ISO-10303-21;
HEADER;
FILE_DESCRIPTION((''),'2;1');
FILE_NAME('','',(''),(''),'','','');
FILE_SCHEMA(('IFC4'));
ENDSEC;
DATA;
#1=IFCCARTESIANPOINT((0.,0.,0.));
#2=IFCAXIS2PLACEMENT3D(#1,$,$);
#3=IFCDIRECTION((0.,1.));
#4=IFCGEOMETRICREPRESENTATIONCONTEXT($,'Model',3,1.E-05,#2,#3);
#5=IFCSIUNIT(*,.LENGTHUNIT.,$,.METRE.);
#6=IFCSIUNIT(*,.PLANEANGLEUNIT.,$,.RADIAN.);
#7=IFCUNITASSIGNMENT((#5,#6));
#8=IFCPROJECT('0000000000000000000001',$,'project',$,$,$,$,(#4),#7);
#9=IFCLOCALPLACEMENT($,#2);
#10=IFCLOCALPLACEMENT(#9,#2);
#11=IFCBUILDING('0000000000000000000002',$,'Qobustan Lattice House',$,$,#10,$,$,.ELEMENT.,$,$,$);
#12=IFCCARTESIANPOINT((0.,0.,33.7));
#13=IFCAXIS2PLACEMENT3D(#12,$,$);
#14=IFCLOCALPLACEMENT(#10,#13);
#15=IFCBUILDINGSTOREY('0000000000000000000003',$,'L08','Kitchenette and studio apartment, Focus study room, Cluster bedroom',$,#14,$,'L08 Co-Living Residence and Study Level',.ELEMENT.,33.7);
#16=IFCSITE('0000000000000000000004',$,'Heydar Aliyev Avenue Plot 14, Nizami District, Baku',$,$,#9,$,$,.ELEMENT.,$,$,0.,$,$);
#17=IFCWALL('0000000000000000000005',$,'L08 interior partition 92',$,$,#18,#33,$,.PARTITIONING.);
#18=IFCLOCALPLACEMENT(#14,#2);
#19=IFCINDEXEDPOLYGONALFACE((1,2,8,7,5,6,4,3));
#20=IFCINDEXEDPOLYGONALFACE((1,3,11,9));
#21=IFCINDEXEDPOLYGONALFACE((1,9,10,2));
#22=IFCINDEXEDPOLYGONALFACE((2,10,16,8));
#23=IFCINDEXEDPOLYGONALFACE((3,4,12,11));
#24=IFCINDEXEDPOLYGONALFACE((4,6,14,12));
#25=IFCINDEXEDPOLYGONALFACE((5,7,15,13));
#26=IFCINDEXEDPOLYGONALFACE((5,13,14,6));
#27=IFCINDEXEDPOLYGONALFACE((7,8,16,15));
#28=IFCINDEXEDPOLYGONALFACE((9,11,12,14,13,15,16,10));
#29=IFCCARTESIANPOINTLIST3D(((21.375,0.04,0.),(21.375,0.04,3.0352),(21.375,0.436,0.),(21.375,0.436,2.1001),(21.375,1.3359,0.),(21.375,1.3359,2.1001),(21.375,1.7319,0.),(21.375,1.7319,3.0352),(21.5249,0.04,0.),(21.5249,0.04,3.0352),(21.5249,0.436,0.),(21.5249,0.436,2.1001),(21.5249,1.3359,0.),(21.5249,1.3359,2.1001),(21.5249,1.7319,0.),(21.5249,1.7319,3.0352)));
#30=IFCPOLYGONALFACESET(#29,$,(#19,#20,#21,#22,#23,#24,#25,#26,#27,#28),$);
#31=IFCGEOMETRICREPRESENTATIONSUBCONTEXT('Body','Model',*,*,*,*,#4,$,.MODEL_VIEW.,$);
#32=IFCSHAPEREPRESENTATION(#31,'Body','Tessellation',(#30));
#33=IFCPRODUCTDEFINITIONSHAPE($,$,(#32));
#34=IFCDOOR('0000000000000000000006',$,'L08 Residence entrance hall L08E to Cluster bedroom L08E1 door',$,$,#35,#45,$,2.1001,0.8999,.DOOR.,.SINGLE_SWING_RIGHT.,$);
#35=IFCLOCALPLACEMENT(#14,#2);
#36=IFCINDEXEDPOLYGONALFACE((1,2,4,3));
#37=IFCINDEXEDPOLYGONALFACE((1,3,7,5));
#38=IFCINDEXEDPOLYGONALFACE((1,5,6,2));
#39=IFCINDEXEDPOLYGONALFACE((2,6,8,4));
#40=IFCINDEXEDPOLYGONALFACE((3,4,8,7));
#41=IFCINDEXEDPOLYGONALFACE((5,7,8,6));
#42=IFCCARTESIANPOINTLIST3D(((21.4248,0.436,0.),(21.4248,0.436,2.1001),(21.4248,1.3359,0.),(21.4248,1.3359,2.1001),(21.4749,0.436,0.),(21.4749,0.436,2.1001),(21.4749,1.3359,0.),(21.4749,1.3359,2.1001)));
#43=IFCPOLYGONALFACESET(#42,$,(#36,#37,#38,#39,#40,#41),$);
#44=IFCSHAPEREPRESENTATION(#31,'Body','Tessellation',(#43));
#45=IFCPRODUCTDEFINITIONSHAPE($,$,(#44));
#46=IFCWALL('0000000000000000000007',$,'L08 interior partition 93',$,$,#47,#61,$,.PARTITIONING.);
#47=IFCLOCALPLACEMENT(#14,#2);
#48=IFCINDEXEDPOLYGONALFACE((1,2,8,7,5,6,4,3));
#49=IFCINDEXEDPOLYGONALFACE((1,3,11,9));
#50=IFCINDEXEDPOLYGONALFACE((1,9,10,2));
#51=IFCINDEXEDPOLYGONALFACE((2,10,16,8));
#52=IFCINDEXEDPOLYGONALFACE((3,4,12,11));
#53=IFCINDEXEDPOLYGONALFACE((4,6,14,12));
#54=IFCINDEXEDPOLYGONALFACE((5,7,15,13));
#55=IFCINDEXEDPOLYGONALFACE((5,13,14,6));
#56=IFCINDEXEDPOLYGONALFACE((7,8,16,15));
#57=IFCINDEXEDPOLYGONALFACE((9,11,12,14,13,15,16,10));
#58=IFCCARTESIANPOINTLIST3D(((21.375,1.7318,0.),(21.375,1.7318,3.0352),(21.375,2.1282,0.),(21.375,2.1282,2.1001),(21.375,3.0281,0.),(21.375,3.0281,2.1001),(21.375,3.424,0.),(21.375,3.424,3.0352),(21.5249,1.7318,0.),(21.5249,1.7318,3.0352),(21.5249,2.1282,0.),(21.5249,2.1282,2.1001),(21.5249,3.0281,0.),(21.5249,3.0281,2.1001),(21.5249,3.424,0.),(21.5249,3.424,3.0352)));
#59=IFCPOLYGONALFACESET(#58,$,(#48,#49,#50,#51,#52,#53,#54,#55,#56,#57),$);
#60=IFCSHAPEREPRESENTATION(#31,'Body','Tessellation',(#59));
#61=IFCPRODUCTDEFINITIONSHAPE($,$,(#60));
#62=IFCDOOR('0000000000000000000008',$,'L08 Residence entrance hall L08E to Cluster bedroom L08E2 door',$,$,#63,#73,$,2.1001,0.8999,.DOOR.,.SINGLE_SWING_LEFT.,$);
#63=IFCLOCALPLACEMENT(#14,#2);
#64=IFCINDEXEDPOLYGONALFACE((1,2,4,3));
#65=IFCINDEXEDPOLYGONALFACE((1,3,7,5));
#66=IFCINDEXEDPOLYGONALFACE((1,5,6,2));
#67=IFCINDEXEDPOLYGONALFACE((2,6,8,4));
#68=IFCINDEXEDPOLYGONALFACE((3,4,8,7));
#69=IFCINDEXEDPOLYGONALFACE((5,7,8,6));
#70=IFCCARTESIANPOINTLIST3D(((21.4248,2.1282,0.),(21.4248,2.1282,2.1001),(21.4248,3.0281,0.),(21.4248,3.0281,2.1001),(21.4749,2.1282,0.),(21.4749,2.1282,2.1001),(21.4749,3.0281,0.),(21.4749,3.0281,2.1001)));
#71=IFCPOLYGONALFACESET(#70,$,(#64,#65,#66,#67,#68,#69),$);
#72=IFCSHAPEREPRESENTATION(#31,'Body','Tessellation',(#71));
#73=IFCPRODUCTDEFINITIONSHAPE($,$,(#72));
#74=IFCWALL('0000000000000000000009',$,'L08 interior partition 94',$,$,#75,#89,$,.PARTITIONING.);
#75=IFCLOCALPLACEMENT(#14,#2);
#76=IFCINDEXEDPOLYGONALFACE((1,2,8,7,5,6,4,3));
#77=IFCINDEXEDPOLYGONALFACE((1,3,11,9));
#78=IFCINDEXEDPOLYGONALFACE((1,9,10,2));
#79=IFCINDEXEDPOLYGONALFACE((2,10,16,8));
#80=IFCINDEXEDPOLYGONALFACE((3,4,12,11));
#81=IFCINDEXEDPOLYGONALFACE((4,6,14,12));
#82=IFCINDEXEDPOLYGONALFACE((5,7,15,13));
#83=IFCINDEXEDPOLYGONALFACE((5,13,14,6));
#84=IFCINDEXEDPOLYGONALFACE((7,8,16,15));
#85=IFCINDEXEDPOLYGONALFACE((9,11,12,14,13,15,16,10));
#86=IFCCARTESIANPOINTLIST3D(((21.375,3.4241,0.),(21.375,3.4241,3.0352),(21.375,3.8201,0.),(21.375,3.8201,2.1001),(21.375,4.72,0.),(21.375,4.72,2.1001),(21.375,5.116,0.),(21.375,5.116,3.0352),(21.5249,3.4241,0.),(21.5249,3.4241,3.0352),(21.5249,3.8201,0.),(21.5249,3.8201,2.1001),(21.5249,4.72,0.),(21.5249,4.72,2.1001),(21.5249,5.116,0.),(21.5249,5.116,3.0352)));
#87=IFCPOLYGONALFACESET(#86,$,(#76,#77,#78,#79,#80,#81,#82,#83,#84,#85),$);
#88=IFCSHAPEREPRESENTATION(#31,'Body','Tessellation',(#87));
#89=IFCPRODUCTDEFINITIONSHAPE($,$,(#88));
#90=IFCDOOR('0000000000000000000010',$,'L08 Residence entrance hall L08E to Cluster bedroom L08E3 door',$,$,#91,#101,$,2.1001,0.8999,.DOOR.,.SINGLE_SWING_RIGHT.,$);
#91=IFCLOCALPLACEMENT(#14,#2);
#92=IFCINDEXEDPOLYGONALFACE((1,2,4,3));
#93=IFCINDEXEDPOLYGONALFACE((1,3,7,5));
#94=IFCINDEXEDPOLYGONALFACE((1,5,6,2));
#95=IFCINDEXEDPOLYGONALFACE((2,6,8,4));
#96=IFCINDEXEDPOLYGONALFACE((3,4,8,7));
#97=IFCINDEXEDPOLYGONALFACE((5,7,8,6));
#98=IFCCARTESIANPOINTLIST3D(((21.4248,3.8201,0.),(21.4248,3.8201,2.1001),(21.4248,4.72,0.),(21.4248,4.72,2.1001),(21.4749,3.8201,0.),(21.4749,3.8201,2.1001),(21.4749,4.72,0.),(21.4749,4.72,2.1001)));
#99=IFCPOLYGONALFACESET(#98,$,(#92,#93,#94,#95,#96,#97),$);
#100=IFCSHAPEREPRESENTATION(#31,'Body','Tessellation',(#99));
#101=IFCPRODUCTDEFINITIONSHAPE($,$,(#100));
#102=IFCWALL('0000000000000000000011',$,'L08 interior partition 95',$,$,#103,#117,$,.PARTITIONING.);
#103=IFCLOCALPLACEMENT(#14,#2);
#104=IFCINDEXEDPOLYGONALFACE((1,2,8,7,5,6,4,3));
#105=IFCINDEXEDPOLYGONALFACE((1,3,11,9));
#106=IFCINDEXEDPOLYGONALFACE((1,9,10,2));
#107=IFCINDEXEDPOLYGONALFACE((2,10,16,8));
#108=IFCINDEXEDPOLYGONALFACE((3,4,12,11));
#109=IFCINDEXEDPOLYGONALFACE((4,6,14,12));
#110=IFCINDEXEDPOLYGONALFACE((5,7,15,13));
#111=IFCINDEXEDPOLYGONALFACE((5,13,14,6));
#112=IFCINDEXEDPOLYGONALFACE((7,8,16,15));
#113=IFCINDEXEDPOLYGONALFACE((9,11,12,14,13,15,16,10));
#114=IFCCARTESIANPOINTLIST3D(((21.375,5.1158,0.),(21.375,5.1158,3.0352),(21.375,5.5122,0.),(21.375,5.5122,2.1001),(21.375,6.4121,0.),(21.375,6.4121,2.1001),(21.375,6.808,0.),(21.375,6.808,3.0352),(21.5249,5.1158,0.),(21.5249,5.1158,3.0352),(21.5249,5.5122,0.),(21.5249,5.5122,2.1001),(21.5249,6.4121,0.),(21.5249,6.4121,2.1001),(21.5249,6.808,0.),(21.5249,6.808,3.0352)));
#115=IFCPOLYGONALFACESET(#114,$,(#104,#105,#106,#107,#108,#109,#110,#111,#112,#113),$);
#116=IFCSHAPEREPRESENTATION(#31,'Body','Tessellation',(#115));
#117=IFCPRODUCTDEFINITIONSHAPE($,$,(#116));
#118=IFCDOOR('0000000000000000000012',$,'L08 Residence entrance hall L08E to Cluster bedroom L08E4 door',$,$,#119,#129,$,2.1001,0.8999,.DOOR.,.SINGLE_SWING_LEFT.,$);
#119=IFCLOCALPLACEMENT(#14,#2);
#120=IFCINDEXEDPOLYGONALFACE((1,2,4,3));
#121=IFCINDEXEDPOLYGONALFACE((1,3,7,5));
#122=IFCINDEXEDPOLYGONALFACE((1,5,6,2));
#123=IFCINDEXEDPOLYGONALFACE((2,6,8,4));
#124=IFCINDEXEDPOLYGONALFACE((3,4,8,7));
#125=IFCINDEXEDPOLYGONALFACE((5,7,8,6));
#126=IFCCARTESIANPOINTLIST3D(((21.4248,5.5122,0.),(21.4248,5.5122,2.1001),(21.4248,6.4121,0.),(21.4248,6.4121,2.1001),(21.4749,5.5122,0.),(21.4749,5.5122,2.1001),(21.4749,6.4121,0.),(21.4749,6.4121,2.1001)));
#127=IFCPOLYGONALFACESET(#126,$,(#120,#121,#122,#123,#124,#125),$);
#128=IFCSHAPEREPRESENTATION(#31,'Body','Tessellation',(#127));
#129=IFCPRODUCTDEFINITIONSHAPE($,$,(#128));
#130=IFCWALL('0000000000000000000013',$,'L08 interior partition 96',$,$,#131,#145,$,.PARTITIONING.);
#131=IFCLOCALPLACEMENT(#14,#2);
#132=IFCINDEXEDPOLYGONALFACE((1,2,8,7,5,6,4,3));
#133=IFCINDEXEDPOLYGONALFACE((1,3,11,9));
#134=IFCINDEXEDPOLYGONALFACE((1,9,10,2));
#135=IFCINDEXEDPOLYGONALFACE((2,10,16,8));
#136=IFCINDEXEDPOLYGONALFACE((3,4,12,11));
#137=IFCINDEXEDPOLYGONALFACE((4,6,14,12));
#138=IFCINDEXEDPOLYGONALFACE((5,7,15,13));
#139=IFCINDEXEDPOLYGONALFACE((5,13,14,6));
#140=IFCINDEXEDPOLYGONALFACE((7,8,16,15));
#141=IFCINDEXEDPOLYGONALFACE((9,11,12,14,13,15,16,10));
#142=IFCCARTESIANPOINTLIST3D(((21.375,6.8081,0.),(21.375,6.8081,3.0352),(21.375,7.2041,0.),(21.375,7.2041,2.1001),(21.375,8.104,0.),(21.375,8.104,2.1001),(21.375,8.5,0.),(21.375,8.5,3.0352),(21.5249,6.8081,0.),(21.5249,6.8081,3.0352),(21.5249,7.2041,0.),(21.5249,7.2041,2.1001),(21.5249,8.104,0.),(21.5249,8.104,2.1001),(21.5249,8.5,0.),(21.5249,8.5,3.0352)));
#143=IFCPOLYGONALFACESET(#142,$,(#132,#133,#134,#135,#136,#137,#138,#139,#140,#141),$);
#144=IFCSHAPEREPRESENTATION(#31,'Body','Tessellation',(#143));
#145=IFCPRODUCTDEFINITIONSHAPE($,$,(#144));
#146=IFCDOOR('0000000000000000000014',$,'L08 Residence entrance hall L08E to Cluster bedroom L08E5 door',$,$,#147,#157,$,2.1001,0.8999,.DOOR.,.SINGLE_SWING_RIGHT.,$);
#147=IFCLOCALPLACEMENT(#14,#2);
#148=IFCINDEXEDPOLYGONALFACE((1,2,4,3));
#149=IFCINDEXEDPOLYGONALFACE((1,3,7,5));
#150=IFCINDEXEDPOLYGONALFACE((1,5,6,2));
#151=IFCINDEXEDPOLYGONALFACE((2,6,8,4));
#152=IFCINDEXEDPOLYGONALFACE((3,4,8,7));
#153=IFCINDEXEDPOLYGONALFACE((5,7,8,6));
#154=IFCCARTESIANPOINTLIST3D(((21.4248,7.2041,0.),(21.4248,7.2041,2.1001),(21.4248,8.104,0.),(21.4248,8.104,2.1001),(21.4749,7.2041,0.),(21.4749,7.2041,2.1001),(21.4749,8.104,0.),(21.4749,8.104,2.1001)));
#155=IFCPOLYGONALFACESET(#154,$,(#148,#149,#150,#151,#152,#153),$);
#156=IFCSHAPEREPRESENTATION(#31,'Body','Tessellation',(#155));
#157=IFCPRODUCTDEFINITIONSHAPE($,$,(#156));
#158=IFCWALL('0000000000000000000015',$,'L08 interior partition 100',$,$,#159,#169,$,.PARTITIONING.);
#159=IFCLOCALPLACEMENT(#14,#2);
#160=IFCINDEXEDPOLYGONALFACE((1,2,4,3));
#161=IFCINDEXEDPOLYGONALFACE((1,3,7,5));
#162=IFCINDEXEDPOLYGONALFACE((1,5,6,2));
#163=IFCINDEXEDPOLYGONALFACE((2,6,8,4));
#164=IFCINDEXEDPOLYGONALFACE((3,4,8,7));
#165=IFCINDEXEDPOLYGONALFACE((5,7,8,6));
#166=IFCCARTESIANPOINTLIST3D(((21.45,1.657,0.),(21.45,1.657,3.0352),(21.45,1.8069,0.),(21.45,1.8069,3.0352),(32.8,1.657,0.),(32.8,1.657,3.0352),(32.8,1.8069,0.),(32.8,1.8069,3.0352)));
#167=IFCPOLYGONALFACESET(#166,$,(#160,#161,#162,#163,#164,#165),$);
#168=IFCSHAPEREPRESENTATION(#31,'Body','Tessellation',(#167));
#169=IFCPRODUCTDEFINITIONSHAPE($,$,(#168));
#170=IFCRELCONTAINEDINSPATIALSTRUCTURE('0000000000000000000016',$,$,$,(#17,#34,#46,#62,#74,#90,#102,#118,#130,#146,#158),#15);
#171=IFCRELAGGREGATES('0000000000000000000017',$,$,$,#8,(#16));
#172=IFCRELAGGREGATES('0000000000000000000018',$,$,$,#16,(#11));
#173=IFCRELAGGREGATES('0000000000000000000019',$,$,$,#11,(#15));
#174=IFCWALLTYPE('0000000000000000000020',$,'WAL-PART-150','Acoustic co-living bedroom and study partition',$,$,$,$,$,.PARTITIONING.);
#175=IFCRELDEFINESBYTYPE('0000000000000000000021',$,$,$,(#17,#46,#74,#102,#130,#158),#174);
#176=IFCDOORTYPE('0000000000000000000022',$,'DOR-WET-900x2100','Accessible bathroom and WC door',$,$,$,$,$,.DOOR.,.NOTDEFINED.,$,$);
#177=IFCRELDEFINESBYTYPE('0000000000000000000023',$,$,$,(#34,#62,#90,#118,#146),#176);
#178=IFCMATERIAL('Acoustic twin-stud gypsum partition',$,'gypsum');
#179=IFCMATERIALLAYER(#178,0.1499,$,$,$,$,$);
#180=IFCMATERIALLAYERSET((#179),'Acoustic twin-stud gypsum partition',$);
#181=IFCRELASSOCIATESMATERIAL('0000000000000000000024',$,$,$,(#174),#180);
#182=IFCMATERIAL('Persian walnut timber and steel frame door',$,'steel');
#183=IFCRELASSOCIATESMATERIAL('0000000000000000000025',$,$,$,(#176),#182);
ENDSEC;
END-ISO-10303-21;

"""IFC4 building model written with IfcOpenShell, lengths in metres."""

from ifc_helpers import new_model, si_unit, direction, frame, frame_2d, origin, place, context, subcontext, project, spatial, rectangle, extrude, material, layer, layer_set, type_object, element, fill, save


model = new_model("IFC4")

# Units and contexts
model_context = context("Model", 3, precision=1e-05, world=origin(), true_north=direction((0.0, 1.0)))
body_context = subcontext(model_context, "Body", "Model", "MODEL_VIEW")
ifc_project = project(units=[si_unit("LENGTHUNIT", "METRE"), si_unit("PLANEANGLEUNIT", "RADIAN")], contexts=[model_context])

# Site, building, storey
site_placement = place(None, origin())
site = spatial("IfcSite", under=ifc_project, at=site_placement, Name="Heydar Aliyev Avenue Plot 14, Nizami District, Baku", CompositionType="ELEMENT", RefElevation=0.0)
building_placement = place(site_placement, origin())
building = spatial("IfcBuilding", under=site, at=building_placement, Name="Qobustan Lattice House", CompositionType="ELEMENT")
storey_placement = place(building_placement, frame((0.0, 0.0, 33.7)))
storey = spatial("IfcBuildingStorey", under=building, at=storey_placement, Name="L08", Description="Kitchenette and studio apartment, Focus study room, Cluster bedroom", LongName="L08 Co-Living Residence and Study Level", CompositionType="ELEMENT", Elevation=33.7)

# Shared definitions
ifc_material_1 = material(Name="Acoustic twin-stud gypsum partition", Category="gypsum")
ifc_layer_1 = layer(ifc_material_1, 0.1499)
ifc_layer_set_1 = layer_set([ifc_layer_1], Name="Acoustic twin-stud gypsum partition")
wall_type_1 = type_object("IfcWallType", Name="WAL-PART-150", Description="Acoustic co-living bedroom and study partition", PredefinedType="PARTITIONING", material=ifc_layer_set_1)

# Walls, openings, doors
wall_1_placement = place(storey_placement, frame((21.45, 1.7319, 0.0), z_axis=(0.0, 0.0, 1.0), x_axis=(0.0, -1.0, 0.0)))
wall_1 = element("IfcWall", 1, at=wall_1_placement, inside=storey, type_object=wall_type_1, Name="L08 interior partition 92", PredefinedType="PARTITIONING", context=body_context, shape_type="SweptSolid", body=[
    extrude(rectangle(XDim=1.6919, YDim=0.1499, at=frame_2d((0.8459, 0.0))), origin(), (0.0, 0.0, 1.0), 3.0352),
])
opening_1_placement = place(wall_1_placement, frame((0.396, 0.0, 0.0)))
opening_1 = element("IfcOpeningElement", 2, at=opening_1_placement, cuts=wall_1, PredefinedType="OPENING", context=body_context, shape_type="SweptSolid", body=[
    extrude(rectangle(XDim=0.8999, YDim=2.1001, at=frame_2d((0.45, 1.05))), frame((0.0, 0.085, 0.0), z_axis=(0.0, -1.0, 0.0), x_axis=(1.0, 0.0, 0.0)), (0.0, 0.0, 1.0), 0.1699),
])
ifc_material_2 = material(Name="Persian walnut timber and steel frame door", Category="steel")
door_type_1 = type_object("IfcDoorType", Name="DOR-WET-900x2100", Description="Accessible bathroom and WC door", OperationType="NOTDEFINED", PredefinedType="DOOR", material=ifc_material_2)
door_1_placement = place(opening_1_placement, origin())
door_1 = element("IfcDoor", 3, at=door_1_placement, inside=storey, type_object=door_type_1, Name="L08 Residence entrance hall L08E to Cluster bedroom L08E1 door", OperationType="SINGLE_SWING_RIGHT", OverallHeight=2.1001, OverallWidth=0.8999, PredefinedType="DOOR", context=body_context, shape_type="SweptSolid", body=[
    extrude(rectangle(XDim=0.8999, YDim=2.1001, at=frame_2d((0.45, 1.05))), frame((0.0, 0.0249, 0.0), z_axis=(0.0, -1.0, 0.0), x_axis=(1.0, 0.0, 0.0)), (0.0, 0.0, 1.0), 0.05),
])
fill(opening_1, door_1)
wall_2_placement = place(storey_placement, frame((21.45, 3.4241, 0.0), z_axis=(0.0, 0.0, 1.0), x_axis=(0.0, -1.0, 0.0)))
wall_2 = element("IfcWall", 4, at=wall_2_placement, inside=storey, type_object=wall_type_1, Name="L08 interior partition 93", PredefinedType="PARTITIONING", context=body_context, shape_type="SweptSolid", body=[
    extrude(rectangle(XDim=1.6921, YDim=0.1499, at=frame_2d((0.8462, 0.0))), origin(), (0.0, 0.0, 1.0), 3.0352),
])
opening_2_placement = place(wall_2_placement, frame((0.396, 0.0, 0.0)))
opening_2 = element("IfcOpeningElement", 5, at=opening_2_placement, cuts=wall_2, PredefinedType="OPENING", context=body_context, shape_type="SweptSolid", body=[
    extrude(rectangle(XDim=0.8999, YDim=2.1001, at=frame_2d((0.45, 1.05))), frame((0.0, 0.085, 0.0), z_axis=(0.0, -1.0, 0.0), x_axis=(1.0, 0.0, 0.0)), (0.0, 0.0, 1.0), 0.1699),
])
door_2_placement = place(opening_2_placement, origin())
door_2 = element("IfcDoor", 6, at=door_2_placement, inside=storey, type_object=door_type_1, Name="L08 Residence entrance hall L08E to Cluster bedroom L08E2 door", OperationType="SINGLE_SWING_LEFT", OverallHeight=2.1001, OverallWidth=0.8999, PredefinedType="DOOR", context=body_context, shape_type="SweptSolid", body=[
    extrude(rectangle(XDim=0.8999, YDim=2.1001, at=frame_2d((0.45, 1.05))), frame((0.0, 0.0249, 0.0), z_axis=(0.0, -1.0, 0.0), x_axis=(1.0, 0.0, 0.0)), (0.0, 0.0, 1.0), 0.05),
])
fill(opening_2, door_2)
wall_3_placement = place(storey_placement, frame((21.45, 5.116, 0.0), z_axis=(0.0, 0.0, 1.0), x_axis=(0.0, -1.0, 0.0)))
wall_3 = element("IfcWall", 7, at=wall_3_placement, inside=storey, type_object=wall_type_1, Name="L08 interior partition 94", PredefinedType="PARTITIONING", context=body_context, shape_type="SweptSolid", body=[
    extrude(rectangle(XDim=1.6919, YDim=0.1499, at=frame_2d((0.8459, 0.0))), origin(), (0.0, 0.0, 1.0), 3.0352),
])
opening_3_placement = place(wall_3_placement, frame((0.396, 0.0, 0.0)))
opening_3 = element("IfcOpeningElement", 8, at=opening_3_placement, cuts=wall_3, PredefinedType="OPENING", context=body_context, shape_type="SweptSolid", body=[
    extrude(rectangle(XDim=0.8999, YDim=2.1001, at=frame_2d((0.45, 1.05))), frame((0.0, 0.085, 0.0), z_axis=(0.0, -1.0, 0.0), x_axis=(1.0, 0.0, 0.0)), (0.0, 0.0, 1.0), 0.1699),
])
door_3_placement = place(opening_3_placement, origin())
door_3 = element("IfcDoor", 9, at=door_3_placement, inside=storey, type_object=door_type_1, Name="L08 Residence entrance hall L08E to Cluster bedroom L08E3 door", OperationType="SINGLE_SWING_RIGHT", OverallHeight=2.1001, OverallWidth=0.8999, PredefinedType="DOOR", context=body_context, shape_type="SweptSolid", body=[
    extrude(rectangle(XDim=0.8999, YDim=2.1001, at=frame_2d((0.45, 1.05))), frame((0.0, 0.0249, 0.0), z_axis=(0.0, -1.0, 0.0), x_axis=(1.0, 0.0, 0.0)), (0.0, 0.0, 1.0), 0.05),
])
fill(opening_3, door_3)
wall_4_placement = place(storey_placement, frame((21.45, 6.8081, 0.0), z_axis=(0.0, 0.0, 1.0), x_axis=(0.0, -1.0, 0.0)))
wall_4 = element("IfcWall", 10, at=wall_4_placement, inside=storey, type_object=wall_type_1, Name="L08 interior partition 95", PredefinedType="PARTITIONING", context=body_context, shape_type="SweptSolid", body=[
    extrude(rectangle(XDim=1.6921, YDim=0.1499, at=frame_2d((0.8462, 0.0))), origin(), (0.0, 0.0, 1.0), 3.0352),
])
opening_4_placement = place(wall_4_placement, frame((0.396, 0.0, 0.0)))
opening_4 = element("IfcOpeningElement", 11, at=opening_4_placement, cuts=wall_4, PredefinedType="OPENING", context=body_context, shape_type="SweptSolid", body=[
    extrude(rectangle(XDim=0.8999, YDim=2.1001, at=frame_2d((0.45, 1.05))), frame((0.0, 0.085, 0.0), z_axis=(0.0, -1.0, 0.0), x_axis=(1.0, 0.0, 0.0)), (0.0, 0.0, 1.0), 0.1699),
])
door_4_placement = place(opening_4_placement, origin())
door_4 = element("IfcDoor", 12, at=door_4_placement, inside=storey, type_object=door_type_1, Name="L08 Residence entrance hall L08E to Cluster bedroom L08E4 door", OperationType="SINGLE_SWING_LEFT", OverallHeight=2.1001, OverallWidth=0.8999, PredefinedType="DOOR", context=body_context, shape_type="SweptSolid", body=[
    extrude(rectangle(XDim=0.8999, YDim=2.1001, at=frame_2d((0.45, 1.05))), frame((0.0, 0.0249, 0.0), z_axis=(0.0, -1.0, 0.0), x_axis=(1.0, 0.0, 0.0)), (0.0, 0.0, 1.0), 0.05),
])
fill(opening_4, door_4)
wall_5_placement = place(storey_placement, frame((21.45, 8.5, 0.0), z_axis=(0.0, 0.0, 1.0), x_axis=(0.0, -1.0, 0.0)))
wall_5 = element("IfcWall", 13, at=wall_5_placement, inside=storey, type_object=wall_type_1, Name="L08 interior partition 96", PredefinedType="PARTITIONING", context=body_context, shape_type="SweptSolid", body=[
    extrude(rectangle(XDim=1.6919, YDim=0.1499, at=frame_2d((0.8459, 0.0))), origin(), (0.0, 0.0, 1.0), 3.0352),
])
opening_5_placement = place(wall_5_placement, frame((0.396, 0.0, 0.0)))
opening_5 = element("IfcOpeningElement", 14, at=opening_5_placement, cuts=wall_5, PredefinedType="OPENING", context=body_context, shape_type="SweptSolid", body=[
    extrude(rectangle(XDim=0.8999, YDim=2.1001, at=frame_2d((0.45, 1.05))), frame((0.0, 0.085, 0.0), z_axis=(0.0, -1.0, 0.0), x_axis=(1.0, 0.0, 0.0)), (0.0, 0.0, 1.0), 0.1699),
])
door_5_placement = place(opening_5_placement, origin())
door_5 = element("IfcDoor", 15, at=door_5_placement, inside=storey, type_object=door_type_1, Name="L08 Residence entrance hall L08E to Cluster bedroom L08E5 door", OperationType="SINGLE_SWING_RIGHT", OverallHeight=2.1001, OverallWidth=0.8999, PredefinedType="DOOR", context=body_context, shape_type="SweptSolid", body=[
    extrude(rectangle(XDim=0.8999, YDim=2.1001, at=frame_2d((0.45, 1.05))), frame((0.0, 0.0249, 0.0), z_axis=(0.0, -1.0, 0.0), x_axis=(1.0, 0.0, 0.0)), (0.0, 0.0, 1.0), 0.05),
])
fill(opening_5, door_5)

# Wall
wall_6_placement = place(storey_placement, frame((21.45, 1.7319, 0.0), z_axis=(0.0, 0.0, 1.0), x_axis=(1.0, 0.0, 0.0)))
element("IfcWall", 16, at=wall_6_placement, inside=storey, type_object=wall_type_1, Name="L08 interior partition 100", PredefinedType="PARTITIONING", context=body_context, shape_type="SweptSolid", body=[
    extrude(rectangle(XDim=11.3501, YDim=0.1499, at=frame_2d((5.675, 0.0))), origin(), (0.0, 0.0, 1.0), 3.0352),
])

save(model, "model.ifc")
